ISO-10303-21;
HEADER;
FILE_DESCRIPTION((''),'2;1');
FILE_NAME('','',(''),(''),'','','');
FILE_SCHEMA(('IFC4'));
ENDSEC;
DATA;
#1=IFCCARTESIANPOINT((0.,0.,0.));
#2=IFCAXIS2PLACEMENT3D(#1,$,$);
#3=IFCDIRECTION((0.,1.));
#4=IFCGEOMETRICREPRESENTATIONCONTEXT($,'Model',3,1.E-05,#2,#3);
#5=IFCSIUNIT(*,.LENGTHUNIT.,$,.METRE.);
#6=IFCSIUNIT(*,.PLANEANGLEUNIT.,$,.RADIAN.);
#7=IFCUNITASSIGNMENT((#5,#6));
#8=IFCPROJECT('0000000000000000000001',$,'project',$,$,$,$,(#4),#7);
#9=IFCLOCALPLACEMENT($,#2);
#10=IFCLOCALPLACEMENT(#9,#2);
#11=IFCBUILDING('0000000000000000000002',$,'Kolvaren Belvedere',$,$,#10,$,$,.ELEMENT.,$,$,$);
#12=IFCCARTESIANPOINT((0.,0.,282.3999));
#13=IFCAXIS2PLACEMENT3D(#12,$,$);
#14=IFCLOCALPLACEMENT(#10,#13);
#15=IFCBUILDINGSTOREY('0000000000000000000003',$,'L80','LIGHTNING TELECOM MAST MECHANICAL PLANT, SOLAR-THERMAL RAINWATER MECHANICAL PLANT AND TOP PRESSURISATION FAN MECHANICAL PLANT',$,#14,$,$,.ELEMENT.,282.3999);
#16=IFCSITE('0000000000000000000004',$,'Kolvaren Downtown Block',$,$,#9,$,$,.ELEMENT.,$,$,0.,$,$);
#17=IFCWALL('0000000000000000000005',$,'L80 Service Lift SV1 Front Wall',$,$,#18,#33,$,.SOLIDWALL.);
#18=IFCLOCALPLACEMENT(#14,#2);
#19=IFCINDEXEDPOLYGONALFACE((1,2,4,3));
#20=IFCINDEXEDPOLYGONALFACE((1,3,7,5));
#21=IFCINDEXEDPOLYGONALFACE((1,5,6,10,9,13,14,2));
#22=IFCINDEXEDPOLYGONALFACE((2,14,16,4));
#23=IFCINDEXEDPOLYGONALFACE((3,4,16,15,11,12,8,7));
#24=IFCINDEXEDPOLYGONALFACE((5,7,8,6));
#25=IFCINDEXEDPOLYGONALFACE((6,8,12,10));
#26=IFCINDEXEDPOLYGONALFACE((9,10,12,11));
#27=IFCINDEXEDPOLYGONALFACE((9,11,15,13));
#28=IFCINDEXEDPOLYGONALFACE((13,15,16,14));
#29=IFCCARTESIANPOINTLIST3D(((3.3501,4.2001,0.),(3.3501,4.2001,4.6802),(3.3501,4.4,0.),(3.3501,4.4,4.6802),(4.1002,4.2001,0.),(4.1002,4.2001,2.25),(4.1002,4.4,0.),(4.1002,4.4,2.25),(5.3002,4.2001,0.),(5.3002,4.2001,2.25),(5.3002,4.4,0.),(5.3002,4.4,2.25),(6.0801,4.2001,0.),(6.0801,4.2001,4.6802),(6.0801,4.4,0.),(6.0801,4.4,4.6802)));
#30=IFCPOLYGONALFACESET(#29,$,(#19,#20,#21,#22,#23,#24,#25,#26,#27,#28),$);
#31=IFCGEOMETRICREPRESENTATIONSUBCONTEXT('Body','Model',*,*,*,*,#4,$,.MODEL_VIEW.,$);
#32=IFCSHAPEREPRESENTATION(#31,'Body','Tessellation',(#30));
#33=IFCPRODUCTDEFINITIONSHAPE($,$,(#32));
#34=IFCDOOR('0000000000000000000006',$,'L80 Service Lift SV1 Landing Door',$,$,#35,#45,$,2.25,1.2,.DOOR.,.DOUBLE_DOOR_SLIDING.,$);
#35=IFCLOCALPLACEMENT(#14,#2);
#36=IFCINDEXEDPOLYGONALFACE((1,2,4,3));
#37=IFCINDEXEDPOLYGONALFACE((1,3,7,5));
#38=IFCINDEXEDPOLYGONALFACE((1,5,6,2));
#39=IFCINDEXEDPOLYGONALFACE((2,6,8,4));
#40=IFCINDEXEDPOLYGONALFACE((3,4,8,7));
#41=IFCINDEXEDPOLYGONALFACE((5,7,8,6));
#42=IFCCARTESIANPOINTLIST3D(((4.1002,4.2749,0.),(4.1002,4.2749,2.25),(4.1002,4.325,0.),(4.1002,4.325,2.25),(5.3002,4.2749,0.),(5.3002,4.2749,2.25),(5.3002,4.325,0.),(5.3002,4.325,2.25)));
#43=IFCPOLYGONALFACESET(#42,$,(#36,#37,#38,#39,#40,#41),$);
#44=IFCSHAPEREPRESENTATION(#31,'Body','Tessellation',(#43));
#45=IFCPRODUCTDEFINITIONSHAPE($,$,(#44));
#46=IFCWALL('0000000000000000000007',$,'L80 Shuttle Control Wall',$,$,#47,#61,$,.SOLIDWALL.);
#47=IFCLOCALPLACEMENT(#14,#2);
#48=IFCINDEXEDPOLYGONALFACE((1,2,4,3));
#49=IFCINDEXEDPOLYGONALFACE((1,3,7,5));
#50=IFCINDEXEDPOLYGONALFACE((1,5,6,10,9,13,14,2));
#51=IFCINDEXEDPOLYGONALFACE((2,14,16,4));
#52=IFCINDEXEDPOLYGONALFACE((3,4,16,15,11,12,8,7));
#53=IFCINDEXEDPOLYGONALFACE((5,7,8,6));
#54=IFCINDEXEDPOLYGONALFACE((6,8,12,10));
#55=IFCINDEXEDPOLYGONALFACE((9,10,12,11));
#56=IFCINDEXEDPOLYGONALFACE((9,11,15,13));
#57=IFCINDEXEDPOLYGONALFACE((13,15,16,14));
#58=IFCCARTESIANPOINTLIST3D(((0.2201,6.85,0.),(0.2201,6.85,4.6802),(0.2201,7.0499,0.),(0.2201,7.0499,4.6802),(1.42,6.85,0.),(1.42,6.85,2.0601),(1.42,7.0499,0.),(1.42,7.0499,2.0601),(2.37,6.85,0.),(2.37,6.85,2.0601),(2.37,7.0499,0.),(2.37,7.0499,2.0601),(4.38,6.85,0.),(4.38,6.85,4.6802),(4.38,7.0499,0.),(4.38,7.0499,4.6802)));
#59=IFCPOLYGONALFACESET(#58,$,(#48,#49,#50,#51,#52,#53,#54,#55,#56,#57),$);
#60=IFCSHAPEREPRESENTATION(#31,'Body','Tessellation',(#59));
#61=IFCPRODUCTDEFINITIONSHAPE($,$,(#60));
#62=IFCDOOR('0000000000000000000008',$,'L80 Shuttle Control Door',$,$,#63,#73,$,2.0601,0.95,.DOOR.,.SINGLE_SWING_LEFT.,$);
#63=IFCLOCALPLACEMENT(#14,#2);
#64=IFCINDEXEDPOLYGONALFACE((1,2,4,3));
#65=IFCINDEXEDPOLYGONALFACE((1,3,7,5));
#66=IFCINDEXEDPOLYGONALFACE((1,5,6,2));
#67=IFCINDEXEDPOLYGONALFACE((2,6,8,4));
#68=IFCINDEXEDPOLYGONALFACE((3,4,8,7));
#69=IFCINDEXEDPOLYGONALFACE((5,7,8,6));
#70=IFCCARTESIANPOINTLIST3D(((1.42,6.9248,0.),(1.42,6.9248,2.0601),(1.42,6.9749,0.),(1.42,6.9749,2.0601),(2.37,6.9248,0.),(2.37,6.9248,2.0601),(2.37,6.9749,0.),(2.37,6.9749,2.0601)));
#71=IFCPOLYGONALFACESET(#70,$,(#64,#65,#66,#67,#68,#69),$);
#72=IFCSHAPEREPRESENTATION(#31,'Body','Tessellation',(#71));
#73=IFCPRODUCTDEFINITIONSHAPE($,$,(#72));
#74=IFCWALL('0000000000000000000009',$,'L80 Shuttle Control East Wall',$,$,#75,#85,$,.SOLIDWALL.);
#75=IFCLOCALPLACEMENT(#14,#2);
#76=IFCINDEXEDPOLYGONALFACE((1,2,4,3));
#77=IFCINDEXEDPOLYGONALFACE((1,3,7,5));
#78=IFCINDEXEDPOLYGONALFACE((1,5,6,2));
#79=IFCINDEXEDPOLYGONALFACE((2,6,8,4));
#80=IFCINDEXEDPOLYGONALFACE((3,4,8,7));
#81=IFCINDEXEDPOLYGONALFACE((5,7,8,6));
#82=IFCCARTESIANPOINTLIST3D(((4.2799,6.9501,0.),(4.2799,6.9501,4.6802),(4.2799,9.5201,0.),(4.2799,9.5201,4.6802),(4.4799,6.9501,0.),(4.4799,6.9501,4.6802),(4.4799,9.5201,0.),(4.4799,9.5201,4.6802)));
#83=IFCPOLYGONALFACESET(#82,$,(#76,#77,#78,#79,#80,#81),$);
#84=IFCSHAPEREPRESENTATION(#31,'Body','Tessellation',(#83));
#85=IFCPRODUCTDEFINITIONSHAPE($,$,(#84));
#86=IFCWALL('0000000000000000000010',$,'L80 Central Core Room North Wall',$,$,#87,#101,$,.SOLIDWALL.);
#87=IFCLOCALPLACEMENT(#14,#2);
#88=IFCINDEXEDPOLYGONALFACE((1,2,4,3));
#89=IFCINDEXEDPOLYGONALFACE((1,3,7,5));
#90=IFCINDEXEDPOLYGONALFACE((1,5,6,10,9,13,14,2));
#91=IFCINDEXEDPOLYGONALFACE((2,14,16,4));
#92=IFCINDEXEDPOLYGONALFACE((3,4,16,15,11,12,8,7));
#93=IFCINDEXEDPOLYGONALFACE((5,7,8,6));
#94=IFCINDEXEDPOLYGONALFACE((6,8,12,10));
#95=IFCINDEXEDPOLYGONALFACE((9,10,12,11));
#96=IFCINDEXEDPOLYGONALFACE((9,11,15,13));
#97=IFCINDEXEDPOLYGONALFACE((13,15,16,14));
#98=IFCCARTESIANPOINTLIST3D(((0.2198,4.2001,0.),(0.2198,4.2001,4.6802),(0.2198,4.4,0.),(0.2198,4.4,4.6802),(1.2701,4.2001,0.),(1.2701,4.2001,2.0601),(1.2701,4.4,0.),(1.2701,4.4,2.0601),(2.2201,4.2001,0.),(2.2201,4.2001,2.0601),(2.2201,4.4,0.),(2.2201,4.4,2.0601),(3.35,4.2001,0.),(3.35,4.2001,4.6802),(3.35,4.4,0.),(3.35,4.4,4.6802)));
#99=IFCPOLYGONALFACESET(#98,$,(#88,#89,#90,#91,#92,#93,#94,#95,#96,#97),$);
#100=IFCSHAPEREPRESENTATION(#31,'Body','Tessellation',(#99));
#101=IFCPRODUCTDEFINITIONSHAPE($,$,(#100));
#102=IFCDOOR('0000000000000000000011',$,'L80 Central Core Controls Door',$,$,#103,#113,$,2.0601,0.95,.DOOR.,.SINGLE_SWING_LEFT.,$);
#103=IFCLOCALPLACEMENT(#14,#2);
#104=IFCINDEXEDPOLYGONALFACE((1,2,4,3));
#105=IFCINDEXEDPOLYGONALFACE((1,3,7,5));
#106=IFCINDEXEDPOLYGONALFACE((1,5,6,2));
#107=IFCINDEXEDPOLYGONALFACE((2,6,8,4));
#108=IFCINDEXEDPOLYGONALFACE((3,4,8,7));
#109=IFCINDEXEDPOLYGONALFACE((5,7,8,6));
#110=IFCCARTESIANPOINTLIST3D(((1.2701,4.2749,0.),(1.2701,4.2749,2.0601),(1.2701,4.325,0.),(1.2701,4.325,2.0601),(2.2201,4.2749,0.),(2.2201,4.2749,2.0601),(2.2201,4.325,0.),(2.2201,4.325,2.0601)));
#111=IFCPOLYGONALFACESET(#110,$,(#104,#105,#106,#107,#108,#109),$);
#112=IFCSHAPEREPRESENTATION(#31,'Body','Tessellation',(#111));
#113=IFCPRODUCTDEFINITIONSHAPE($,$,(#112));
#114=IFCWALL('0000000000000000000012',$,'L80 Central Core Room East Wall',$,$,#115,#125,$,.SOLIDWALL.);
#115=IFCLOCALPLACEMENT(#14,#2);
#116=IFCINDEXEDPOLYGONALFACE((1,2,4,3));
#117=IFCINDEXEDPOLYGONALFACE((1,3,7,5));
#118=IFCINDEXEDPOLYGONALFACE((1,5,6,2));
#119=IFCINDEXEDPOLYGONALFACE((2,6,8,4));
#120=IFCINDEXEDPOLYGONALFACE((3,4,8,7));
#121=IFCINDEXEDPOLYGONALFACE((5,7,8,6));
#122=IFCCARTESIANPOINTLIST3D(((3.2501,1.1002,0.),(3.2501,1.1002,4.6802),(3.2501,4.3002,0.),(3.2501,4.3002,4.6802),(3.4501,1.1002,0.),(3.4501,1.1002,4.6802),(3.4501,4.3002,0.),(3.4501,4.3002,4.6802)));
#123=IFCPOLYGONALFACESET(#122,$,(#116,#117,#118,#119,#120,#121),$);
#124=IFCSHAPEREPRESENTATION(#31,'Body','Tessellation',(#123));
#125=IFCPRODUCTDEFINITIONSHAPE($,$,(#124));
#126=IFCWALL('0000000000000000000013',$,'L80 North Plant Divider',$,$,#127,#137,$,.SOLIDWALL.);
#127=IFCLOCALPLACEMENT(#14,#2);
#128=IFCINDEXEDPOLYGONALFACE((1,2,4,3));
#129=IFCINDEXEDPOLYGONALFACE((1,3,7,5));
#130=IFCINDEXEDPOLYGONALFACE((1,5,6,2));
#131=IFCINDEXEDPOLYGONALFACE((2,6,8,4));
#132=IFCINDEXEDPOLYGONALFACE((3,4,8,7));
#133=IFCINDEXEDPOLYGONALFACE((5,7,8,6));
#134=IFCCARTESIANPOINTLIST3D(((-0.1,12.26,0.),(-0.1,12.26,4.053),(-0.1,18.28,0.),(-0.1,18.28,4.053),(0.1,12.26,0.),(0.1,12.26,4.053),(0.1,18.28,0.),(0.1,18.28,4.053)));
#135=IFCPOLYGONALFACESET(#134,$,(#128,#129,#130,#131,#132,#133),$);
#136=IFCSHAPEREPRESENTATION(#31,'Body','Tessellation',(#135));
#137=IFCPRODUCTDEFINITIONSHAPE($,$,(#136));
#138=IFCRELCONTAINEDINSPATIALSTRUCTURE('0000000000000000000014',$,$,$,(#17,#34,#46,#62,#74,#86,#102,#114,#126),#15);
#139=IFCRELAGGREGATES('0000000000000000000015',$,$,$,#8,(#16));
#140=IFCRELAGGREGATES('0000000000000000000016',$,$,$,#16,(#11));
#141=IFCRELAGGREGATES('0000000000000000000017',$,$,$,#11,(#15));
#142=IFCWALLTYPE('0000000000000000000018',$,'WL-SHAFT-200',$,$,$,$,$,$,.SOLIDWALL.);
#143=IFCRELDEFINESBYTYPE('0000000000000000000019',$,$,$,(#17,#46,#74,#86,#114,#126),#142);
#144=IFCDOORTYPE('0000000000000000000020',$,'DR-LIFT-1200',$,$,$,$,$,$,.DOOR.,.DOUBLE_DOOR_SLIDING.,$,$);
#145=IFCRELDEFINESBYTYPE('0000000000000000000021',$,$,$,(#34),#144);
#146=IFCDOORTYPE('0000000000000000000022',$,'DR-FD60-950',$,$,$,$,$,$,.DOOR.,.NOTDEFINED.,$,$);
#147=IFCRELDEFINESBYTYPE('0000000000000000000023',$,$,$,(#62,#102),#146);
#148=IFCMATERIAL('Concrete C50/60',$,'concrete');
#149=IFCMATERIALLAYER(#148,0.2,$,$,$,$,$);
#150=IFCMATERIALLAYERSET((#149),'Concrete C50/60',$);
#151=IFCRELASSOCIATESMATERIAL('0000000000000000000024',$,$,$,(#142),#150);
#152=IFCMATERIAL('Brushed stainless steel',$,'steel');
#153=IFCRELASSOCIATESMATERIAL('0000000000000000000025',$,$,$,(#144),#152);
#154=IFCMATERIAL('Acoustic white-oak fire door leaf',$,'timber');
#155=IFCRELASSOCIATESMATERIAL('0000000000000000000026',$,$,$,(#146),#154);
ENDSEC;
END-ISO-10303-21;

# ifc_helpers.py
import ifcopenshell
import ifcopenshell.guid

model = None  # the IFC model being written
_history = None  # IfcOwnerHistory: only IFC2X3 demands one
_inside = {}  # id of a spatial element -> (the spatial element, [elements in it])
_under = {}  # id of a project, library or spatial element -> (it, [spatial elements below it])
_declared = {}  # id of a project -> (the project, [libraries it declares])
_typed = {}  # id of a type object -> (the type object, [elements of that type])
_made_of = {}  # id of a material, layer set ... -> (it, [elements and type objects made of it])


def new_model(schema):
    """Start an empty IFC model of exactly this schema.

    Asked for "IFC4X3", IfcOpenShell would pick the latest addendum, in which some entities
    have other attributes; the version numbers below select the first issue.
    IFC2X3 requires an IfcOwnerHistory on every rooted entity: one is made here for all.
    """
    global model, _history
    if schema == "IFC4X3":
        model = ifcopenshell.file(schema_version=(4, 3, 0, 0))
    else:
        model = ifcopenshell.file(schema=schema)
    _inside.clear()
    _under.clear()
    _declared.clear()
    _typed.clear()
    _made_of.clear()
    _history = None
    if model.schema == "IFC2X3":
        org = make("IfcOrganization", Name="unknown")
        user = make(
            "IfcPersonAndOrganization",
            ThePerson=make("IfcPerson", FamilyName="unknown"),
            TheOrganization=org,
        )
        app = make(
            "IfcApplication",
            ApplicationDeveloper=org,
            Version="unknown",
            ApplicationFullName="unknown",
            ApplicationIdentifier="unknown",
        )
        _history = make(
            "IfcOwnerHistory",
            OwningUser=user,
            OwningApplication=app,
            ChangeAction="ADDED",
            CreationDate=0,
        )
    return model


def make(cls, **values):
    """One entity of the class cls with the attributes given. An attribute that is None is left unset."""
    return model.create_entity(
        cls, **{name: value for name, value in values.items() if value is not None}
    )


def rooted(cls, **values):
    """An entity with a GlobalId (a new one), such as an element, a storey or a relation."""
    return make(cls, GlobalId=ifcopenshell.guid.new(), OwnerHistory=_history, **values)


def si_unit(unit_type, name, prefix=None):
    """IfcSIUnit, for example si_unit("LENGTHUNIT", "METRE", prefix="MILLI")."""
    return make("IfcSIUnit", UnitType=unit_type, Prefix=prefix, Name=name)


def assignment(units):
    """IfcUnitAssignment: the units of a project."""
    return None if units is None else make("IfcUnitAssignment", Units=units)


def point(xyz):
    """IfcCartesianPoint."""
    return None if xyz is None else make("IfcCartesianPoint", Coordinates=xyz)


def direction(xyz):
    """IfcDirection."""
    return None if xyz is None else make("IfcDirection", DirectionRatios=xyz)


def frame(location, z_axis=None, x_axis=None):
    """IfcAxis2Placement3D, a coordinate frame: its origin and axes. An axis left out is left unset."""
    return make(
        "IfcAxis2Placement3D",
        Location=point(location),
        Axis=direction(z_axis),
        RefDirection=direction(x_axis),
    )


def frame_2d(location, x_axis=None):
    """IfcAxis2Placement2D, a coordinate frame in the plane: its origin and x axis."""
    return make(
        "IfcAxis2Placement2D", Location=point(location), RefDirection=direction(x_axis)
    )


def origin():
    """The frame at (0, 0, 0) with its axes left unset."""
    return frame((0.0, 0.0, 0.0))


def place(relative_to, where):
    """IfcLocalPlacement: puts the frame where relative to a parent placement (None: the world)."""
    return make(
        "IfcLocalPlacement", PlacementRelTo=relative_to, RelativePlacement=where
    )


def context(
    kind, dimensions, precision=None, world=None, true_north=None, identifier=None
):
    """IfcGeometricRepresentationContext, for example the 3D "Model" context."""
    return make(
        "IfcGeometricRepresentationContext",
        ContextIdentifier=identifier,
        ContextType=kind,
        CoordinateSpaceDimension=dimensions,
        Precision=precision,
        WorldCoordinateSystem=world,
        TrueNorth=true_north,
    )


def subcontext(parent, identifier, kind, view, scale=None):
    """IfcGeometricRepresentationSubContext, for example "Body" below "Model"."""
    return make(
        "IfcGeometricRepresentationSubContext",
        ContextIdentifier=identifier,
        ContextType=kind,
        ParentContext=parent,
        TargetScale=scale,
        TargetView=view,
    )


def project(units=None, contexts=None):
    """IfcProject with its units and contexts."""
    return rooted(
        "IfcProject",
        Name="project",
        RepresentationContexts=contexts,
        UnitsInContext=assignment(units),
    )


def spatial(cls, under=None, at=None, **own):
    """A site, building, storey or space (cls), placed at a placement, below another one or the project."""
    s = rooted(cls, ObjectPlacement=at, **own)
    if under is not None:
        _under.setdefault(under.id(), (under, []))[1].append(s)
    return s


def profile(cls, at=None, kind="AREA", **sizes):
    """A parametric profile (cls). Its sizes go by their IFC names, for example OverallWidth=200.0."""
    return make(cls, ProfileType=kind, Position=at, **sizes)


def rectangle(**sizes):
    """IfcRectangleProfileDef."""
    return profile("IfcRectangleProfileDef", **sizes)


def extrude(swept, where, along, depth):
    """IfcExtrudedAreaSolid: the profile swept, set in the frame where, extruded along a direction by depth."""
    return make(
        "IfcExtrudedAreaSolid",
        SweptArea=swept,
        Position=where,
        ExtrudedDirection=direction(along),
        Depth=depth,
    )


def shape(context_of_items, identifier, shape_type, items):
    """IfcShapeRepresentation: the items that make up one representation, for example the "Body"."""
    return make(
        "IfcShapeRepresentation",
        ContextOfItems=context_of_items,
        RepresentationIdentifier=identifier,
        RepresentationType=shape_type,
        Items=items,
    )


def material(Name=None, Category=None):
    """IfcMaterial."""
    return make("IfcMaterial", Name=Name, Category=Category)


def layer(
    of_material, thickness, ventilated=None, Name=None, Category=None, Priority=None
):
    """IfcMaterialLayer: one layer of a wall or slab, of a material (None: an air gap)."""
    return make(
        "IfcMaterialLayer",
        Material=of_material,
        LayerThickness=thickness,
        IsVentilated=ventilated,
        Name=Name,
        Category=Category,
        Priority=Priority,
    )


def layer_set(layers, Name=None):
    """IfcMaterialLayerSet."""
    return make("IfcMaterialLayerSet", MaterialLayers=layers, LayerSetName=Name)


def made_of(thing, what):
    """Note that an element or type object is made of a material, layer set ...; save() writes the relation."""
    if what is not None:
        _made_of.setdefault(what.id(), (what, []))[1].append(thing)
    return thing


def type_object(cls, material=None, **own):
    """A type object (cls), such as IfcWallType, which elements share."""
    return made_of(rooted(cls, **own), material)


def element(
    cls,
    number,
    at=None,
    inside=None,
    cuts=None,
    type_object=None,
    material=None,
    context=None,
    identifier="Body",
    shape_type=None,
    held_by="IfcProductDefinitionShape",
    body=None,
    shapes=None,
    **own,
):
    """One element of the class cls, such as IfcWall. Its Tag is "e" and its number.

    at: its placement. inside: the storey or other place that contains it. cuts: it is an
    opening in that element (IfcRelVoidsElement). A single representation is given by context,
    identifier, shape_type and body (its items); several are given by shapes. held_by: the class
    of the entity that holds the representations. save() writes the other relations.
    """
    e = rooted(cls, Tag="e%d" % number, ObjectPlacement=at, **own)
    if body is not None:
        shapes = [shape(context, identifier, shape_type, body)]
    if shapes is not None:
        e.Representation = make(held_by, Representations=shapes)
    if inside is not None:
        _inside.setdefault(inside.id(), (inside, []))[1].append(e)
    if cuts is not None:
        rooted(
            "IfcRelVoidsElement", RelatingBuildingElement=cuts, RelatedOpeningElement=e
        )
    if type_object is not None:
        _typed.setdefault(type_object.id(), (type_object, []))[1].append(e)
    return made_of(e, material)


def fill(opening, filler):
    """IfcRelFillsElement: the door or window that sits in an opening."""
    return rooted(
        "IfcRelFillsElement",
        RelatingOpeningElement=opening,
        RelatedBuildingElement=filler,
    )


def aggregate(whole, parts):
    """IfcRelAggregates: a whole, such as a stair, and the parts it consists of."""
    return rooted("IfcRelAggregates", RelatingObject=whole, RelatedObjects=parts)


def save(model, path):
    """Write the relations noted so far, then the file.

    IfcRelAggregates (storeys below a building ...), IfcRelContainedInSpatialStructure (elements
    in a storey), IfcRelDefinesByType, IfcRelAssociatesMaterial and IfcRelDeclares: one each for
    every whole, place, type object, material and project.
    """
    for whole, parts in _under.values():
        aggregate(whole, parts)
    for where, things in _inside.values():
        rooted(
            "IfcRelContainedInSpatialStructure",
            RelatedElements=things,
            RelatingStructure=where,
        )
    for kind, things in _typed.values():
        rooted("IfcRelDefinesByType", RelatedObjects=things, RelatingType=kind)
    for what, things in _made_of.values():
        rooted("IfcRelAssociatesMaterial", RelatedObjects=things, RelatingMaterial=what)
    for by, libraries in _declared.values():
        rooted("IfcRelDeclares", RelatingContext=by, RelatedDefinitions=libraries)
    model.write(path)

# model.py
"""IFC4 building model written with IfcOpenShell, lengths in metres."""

from ifc_helpers import new_model, si_unit, direction, frame, frame_2d, origin, place, context, subcontext, project, spatial, rectangle, extrude, material, layer, layer_set, type_object, element, fill, save


model = new_model("IFC4")

# Units and contexts
model_context = context("Model", 3, precision=1e-05, world=origin(), true_north=direction((0.0, 1.0)))
body_context = subcontext(model_context, "Body", "Model", "MODEL_VIEW")
ifc_project = project(units=[si_unit("LENGTHUNIT", "METRE"), si_unit("PLANEANGLEUNIT", "RADIAN")], contexts=[model_context])

# Site, building, storey
site_placement = place(None, origin())
site = spatial("IfcSite", under=ifc_project, at=site_placement, Name="Kolvaren Downtown Block", CompositionType="ELEMENT", RefElevation=0.0)
building_placement = place(site_placement, origin())
building = spatial("IfcBuilding", under=site, at=building_placement, Name="Kolvaren Belvedere", CompositionType="ELEMENT")
storey_placement = place(building_placement, frame((0.0, 0.0, 282.3999)))
storey = spatial("IfcBuildingStorey", under=building, at=storey_placement, Name="L80", Description="LIGHTNING TELECOM MAST MECHANICAL PLANT, SOLAR-THERMAL RAINWATER MECHANICAL PLANT AND TOP PRESSURISATION FAN MECHANICAL PLANT", CompositionType="ELEMENT", Elevation=282.3999)

# Shared definitions
ifc_material_1 = material(Name="Concrete C50/60", Category="concrete")
ifc_layer_1 = layer(ifc_material_1, 0.2)
ifc_layer_set_1 = layer_set([ifc_layer_1], Name="Concrete C50/60")
wall_type_1 = type_object("IfcWallType", Name="WL-SHAFT-200", PredefinedType="SOLIDWALL", material=ifc_layer_set_1)

# Walls, openings, doors
wall_1_placement = place(storey_placement, frame((3.3501, 4.3, 0.0), z_axis=(0.0, 0.0, 1.0), x_axis=(1.0, 0.0, 0.0)))
wall_1 = element("IfcWall", 1, at=wall_1_placement, inside=storey, type_object=wall_type_1, Name="L80 Service Lift SV1 Front Wall", PredefinedType="SOLIDWALL", context=body_context, shape_type="SweptSolid", body=[
    extrude(rectangle(XDim=2.73, YDim=0.2, at=frame_2d((1.365, 0.0))), origin(), (0.0, 0.0, 1.0), 4.6802),
])
opening_1_placement = place(wall_1_placement, frame((0.75, 0.0, 0.0)))
opening_1 = element("IfcOpeningElement", 2, at=opening_1_placement, cuts=wall_1, PredefinedType="OPENING", context=body_context, shape_type="SweptSolid", body=[
    extrude(rectangle(XDim=1.2, YDim=2.25, at=frame_2d((0.6001, 1.125))), frame((0.0, 0.1099, 0.0), z_axis=(0.0, -1.0, 0.0), x_axis=(1.0, 0.0, 0.0)), (0.0, 0.0, 1.0), 0.22),
])
ifc_material_2 = material(Name="Brushed stainless steel", Category="steel")
door_type_1 = type_object("IfcDoorType", Name="DR-LIFT-1200", OperationType="DOUBLE_DOOR_SLIDING", PredefinedType="DOOR", material=ifc_material_2)
door_1_placement = place(opening_1_placement, origin())
door_1 = element("IfcDoor", 3, at=door_1_placement, inside=storey, type_object=door_type_1, Name="L80 Service Lift SV1 Landing Door", OperationType="DOUBLE_DOOR_SLIDING", OverallHeight=2.25, OverallWidth=1.2, PredefinedType="DOOR", context=body_context, shape_type="SweptSolid", body=[
    extrude(rectangle(XDim=1.2, YDim=2.25, at=frame_2d((0.6001, 1.125))), frame((0.0, 0.0249, 0.0), z_axis=(0.0, -1.0, 0.0), x_axis=(1.0, 0.0, 0.0)), (0.0, 0.0, 1.0), 0.05),
])
fill(opening_1, door_1)
wall_2_placement = place(storey_placement, frame((0.22, 6.95, 0.0), z_axis=(0.0, 0.0, 1.0), x_axis=(1.0, 0.0, 0.0)))
wall_2 = element("IfcWall", 4, at=wall_2_placement, inside=storey, type_object=wall_type_1, Name="L80 Shuttle Control Wall", PredefinedType="SOLIDWALL", context=body_context, shape_type="SweptSolid", body=[
    extrude(rectangle(XDim=4.1599, YDim=0.2, at=frame_2d((2.0801, 0.0))), origin(), (0.0, 0.0, 1.0), 4.6802),
])
opening_2_placement = place(wall_2_placement, frame((1.2, 0.0, 0.0)))
opening_2 = element("IfcOpeningElement", 5, at=opening_2_placement, cuts=wall_2, PredefinedType="OPENING", context=body_context, shape_type="SweptSolid", body=[
    extrude(rectangle(XDim=0.95, YDim=2.0601, at=frame_2d((0.4751, 1.03))), frame((0.0, 0.1099, 0.0), z_axis=(0.0, -1.0, 0.0), x_axis=(1.0, 0.0, 0.0)), (0.0, 0.0, 1.0), 0.22),
])
ifc_material_3 = material(Name="Acoustic white-oak fire door leaf", Category="timber")
door_type_2 = type_object("IfcDoorType", Name="DR-FD60-950", OperationType="NOTDEFINED", PredefinedType="DOOR", material=ifc_material_3)
door_2_placement = place(opening_2_placement, origin())
door_2 = element("IfcDoor", 6, at=door_2_placement, inside=storey, type_object=door_type_2, Name="L80 Shuttle Control Door", OperationType="SINGLE_SWING_LEFT", OverallHeight=2.0601, OverallWidth=0.95, PredefinedType="DOOR", context=body_context, shape_type="SweptSolid", body=[
    extrude(rectangle(XDim=0.95, YDim=2.0601, at=frame_2d((0.4751, 1.03))), frame((0.0, 0.0249, 0.0), z_axis=(0.0, -1.0, 0.0), x_axis=(1.0, 0.0, 0.0)), (0.0, 0.0, 1.0), 0.05),
])
fill(opening_2, door_2)

# Wall
wall_3_placement = place(storey_placement, frame((4.3799, 6.95, 0.0), z_axis=(0.0, 0.0, 1.0), x_axis=(0.0, 1.0, 0.0)))
element("IfcWall", 7, at=wall_3_placement, inside=storey, type_object=wall_type_1, Name="L80 Shuttle Control East Wall", PredefinedType="SOLIDWALL", context=body_context, shape_type="SweptSolid", body=[
    extrude(rectangle(XDim=2.5701, YDim=0.2, at=frame_2d((1.2852, 0.0))), origin(), (0.0, 0.0, 1.0), 4.6802),
])

# Wall, opening, door
wall_4_placement = place(storey_placement, frame((0.22, 4.3, 0.0), z_axis=(0.0, 0.0, 1.0), x_axis=(1.0, 0.0, 0.0)))
wall_4 = element("IfcWall", 8, at=wall_4_placement, inside=storey, type_object=wall_type_1, Name="L80 Central Core Room North Wall", PredefinedType="SOLIDWALL", context=body_context, shape_type="SweptSolid", body=[
    extrude(rectangle(XDim=3.1301, YDim=0.2, at=frame_2d((1.5649, 0.0))), origin(), (0.0, 0.0, 1.0), 4.6802),
])
opening_3_placement = place(wall_4_placement, frame((1.05, 0.0, 0.0)))
opening_3 = element("IfcOpeningElement", 9, at=opening_3_placement, cuts=wall_4, PredefinedType="OPENING", context=body_context, shape_type="SweptSolid", body=[
    extrude(rectangle(XDim=0.95, YDim=2.0601, at=frame_2d((0.4751, 1.03))), frame((0.0, 0.1099, 0.0), z_axis=(0.0, -1.0, 0.0), x_axis=(1.0, 0.0, 0.0)), (0.0, 0.0, 1.0), 0.22),
])
door_3_placement = place(opening_3_placement, origin())
door_3 = element("IfcDoor", 10, at=door_3_placement, inside=storey, type_object=door_type_2, Name="L80 Central Core Controls Door", OperationType="SINGLE_SWING_LEFT", OverallHeight=2.0601, OverallWidth=0.95, PredefinedType="DOOR", context=body_context, shape_type="SweptSolid", body=[
    extrude(rectangle(XDim=0.95, YDim=2.0601, at=frame_2d((0.4751, 1.03))), frame((0.0, 0.0249, 0.0), z_axis=(0.0, -1.0, 0.0), x_axis=(1.0, 0.0, 0.0)), (0.0, 0.0, 1.0), 0.05),
])
fill(opening_3, door_3)

# Walls
wall_5_placement = place(storey_placement, frame((3.3501, 1.1001, 0.0), z_axis=(0.0, 0.0, 1.0), x_axis=(0.0, 1.0, 0.0)))
element("IfcWall", 11, at=wall_5_placement, inside=storey, type_object=wall_type_1, Name="L80 Central Core Room East Wall", PredefinedType="SOLIDWALL", context=body_context, shape_type="SweptSolid", body=[
    extrude(rectangle(XDim=3.2, YDim=0.2, at=frame_2d((1.6001, 0.0))), origin(), (0.0, 0.0, 1.0), 4.6802),
])
wall_6_placement = place(storey_placement, frame((0.0, 12.26, 0.0), z_axis=(0.0, 0.0, 1.0), x_axis=(0.0, 1.0, 0.0)))
element("IfcWall", 12, at=wall_6_placement, inside=storey, type_object=wall_type_1, Name="L80 North Plant Divider", PredefinedType="SOLIDWALL", context=body_context, shape_type="SweptSolid", body=[
    extrude(rectangle(XDim=6.02, YDim=0.2, at=frame_2d((3.01, 0.0))), origin(), (0.0, 0.0, 1.0), 4.053),
])

save(model, "model.ifc")
